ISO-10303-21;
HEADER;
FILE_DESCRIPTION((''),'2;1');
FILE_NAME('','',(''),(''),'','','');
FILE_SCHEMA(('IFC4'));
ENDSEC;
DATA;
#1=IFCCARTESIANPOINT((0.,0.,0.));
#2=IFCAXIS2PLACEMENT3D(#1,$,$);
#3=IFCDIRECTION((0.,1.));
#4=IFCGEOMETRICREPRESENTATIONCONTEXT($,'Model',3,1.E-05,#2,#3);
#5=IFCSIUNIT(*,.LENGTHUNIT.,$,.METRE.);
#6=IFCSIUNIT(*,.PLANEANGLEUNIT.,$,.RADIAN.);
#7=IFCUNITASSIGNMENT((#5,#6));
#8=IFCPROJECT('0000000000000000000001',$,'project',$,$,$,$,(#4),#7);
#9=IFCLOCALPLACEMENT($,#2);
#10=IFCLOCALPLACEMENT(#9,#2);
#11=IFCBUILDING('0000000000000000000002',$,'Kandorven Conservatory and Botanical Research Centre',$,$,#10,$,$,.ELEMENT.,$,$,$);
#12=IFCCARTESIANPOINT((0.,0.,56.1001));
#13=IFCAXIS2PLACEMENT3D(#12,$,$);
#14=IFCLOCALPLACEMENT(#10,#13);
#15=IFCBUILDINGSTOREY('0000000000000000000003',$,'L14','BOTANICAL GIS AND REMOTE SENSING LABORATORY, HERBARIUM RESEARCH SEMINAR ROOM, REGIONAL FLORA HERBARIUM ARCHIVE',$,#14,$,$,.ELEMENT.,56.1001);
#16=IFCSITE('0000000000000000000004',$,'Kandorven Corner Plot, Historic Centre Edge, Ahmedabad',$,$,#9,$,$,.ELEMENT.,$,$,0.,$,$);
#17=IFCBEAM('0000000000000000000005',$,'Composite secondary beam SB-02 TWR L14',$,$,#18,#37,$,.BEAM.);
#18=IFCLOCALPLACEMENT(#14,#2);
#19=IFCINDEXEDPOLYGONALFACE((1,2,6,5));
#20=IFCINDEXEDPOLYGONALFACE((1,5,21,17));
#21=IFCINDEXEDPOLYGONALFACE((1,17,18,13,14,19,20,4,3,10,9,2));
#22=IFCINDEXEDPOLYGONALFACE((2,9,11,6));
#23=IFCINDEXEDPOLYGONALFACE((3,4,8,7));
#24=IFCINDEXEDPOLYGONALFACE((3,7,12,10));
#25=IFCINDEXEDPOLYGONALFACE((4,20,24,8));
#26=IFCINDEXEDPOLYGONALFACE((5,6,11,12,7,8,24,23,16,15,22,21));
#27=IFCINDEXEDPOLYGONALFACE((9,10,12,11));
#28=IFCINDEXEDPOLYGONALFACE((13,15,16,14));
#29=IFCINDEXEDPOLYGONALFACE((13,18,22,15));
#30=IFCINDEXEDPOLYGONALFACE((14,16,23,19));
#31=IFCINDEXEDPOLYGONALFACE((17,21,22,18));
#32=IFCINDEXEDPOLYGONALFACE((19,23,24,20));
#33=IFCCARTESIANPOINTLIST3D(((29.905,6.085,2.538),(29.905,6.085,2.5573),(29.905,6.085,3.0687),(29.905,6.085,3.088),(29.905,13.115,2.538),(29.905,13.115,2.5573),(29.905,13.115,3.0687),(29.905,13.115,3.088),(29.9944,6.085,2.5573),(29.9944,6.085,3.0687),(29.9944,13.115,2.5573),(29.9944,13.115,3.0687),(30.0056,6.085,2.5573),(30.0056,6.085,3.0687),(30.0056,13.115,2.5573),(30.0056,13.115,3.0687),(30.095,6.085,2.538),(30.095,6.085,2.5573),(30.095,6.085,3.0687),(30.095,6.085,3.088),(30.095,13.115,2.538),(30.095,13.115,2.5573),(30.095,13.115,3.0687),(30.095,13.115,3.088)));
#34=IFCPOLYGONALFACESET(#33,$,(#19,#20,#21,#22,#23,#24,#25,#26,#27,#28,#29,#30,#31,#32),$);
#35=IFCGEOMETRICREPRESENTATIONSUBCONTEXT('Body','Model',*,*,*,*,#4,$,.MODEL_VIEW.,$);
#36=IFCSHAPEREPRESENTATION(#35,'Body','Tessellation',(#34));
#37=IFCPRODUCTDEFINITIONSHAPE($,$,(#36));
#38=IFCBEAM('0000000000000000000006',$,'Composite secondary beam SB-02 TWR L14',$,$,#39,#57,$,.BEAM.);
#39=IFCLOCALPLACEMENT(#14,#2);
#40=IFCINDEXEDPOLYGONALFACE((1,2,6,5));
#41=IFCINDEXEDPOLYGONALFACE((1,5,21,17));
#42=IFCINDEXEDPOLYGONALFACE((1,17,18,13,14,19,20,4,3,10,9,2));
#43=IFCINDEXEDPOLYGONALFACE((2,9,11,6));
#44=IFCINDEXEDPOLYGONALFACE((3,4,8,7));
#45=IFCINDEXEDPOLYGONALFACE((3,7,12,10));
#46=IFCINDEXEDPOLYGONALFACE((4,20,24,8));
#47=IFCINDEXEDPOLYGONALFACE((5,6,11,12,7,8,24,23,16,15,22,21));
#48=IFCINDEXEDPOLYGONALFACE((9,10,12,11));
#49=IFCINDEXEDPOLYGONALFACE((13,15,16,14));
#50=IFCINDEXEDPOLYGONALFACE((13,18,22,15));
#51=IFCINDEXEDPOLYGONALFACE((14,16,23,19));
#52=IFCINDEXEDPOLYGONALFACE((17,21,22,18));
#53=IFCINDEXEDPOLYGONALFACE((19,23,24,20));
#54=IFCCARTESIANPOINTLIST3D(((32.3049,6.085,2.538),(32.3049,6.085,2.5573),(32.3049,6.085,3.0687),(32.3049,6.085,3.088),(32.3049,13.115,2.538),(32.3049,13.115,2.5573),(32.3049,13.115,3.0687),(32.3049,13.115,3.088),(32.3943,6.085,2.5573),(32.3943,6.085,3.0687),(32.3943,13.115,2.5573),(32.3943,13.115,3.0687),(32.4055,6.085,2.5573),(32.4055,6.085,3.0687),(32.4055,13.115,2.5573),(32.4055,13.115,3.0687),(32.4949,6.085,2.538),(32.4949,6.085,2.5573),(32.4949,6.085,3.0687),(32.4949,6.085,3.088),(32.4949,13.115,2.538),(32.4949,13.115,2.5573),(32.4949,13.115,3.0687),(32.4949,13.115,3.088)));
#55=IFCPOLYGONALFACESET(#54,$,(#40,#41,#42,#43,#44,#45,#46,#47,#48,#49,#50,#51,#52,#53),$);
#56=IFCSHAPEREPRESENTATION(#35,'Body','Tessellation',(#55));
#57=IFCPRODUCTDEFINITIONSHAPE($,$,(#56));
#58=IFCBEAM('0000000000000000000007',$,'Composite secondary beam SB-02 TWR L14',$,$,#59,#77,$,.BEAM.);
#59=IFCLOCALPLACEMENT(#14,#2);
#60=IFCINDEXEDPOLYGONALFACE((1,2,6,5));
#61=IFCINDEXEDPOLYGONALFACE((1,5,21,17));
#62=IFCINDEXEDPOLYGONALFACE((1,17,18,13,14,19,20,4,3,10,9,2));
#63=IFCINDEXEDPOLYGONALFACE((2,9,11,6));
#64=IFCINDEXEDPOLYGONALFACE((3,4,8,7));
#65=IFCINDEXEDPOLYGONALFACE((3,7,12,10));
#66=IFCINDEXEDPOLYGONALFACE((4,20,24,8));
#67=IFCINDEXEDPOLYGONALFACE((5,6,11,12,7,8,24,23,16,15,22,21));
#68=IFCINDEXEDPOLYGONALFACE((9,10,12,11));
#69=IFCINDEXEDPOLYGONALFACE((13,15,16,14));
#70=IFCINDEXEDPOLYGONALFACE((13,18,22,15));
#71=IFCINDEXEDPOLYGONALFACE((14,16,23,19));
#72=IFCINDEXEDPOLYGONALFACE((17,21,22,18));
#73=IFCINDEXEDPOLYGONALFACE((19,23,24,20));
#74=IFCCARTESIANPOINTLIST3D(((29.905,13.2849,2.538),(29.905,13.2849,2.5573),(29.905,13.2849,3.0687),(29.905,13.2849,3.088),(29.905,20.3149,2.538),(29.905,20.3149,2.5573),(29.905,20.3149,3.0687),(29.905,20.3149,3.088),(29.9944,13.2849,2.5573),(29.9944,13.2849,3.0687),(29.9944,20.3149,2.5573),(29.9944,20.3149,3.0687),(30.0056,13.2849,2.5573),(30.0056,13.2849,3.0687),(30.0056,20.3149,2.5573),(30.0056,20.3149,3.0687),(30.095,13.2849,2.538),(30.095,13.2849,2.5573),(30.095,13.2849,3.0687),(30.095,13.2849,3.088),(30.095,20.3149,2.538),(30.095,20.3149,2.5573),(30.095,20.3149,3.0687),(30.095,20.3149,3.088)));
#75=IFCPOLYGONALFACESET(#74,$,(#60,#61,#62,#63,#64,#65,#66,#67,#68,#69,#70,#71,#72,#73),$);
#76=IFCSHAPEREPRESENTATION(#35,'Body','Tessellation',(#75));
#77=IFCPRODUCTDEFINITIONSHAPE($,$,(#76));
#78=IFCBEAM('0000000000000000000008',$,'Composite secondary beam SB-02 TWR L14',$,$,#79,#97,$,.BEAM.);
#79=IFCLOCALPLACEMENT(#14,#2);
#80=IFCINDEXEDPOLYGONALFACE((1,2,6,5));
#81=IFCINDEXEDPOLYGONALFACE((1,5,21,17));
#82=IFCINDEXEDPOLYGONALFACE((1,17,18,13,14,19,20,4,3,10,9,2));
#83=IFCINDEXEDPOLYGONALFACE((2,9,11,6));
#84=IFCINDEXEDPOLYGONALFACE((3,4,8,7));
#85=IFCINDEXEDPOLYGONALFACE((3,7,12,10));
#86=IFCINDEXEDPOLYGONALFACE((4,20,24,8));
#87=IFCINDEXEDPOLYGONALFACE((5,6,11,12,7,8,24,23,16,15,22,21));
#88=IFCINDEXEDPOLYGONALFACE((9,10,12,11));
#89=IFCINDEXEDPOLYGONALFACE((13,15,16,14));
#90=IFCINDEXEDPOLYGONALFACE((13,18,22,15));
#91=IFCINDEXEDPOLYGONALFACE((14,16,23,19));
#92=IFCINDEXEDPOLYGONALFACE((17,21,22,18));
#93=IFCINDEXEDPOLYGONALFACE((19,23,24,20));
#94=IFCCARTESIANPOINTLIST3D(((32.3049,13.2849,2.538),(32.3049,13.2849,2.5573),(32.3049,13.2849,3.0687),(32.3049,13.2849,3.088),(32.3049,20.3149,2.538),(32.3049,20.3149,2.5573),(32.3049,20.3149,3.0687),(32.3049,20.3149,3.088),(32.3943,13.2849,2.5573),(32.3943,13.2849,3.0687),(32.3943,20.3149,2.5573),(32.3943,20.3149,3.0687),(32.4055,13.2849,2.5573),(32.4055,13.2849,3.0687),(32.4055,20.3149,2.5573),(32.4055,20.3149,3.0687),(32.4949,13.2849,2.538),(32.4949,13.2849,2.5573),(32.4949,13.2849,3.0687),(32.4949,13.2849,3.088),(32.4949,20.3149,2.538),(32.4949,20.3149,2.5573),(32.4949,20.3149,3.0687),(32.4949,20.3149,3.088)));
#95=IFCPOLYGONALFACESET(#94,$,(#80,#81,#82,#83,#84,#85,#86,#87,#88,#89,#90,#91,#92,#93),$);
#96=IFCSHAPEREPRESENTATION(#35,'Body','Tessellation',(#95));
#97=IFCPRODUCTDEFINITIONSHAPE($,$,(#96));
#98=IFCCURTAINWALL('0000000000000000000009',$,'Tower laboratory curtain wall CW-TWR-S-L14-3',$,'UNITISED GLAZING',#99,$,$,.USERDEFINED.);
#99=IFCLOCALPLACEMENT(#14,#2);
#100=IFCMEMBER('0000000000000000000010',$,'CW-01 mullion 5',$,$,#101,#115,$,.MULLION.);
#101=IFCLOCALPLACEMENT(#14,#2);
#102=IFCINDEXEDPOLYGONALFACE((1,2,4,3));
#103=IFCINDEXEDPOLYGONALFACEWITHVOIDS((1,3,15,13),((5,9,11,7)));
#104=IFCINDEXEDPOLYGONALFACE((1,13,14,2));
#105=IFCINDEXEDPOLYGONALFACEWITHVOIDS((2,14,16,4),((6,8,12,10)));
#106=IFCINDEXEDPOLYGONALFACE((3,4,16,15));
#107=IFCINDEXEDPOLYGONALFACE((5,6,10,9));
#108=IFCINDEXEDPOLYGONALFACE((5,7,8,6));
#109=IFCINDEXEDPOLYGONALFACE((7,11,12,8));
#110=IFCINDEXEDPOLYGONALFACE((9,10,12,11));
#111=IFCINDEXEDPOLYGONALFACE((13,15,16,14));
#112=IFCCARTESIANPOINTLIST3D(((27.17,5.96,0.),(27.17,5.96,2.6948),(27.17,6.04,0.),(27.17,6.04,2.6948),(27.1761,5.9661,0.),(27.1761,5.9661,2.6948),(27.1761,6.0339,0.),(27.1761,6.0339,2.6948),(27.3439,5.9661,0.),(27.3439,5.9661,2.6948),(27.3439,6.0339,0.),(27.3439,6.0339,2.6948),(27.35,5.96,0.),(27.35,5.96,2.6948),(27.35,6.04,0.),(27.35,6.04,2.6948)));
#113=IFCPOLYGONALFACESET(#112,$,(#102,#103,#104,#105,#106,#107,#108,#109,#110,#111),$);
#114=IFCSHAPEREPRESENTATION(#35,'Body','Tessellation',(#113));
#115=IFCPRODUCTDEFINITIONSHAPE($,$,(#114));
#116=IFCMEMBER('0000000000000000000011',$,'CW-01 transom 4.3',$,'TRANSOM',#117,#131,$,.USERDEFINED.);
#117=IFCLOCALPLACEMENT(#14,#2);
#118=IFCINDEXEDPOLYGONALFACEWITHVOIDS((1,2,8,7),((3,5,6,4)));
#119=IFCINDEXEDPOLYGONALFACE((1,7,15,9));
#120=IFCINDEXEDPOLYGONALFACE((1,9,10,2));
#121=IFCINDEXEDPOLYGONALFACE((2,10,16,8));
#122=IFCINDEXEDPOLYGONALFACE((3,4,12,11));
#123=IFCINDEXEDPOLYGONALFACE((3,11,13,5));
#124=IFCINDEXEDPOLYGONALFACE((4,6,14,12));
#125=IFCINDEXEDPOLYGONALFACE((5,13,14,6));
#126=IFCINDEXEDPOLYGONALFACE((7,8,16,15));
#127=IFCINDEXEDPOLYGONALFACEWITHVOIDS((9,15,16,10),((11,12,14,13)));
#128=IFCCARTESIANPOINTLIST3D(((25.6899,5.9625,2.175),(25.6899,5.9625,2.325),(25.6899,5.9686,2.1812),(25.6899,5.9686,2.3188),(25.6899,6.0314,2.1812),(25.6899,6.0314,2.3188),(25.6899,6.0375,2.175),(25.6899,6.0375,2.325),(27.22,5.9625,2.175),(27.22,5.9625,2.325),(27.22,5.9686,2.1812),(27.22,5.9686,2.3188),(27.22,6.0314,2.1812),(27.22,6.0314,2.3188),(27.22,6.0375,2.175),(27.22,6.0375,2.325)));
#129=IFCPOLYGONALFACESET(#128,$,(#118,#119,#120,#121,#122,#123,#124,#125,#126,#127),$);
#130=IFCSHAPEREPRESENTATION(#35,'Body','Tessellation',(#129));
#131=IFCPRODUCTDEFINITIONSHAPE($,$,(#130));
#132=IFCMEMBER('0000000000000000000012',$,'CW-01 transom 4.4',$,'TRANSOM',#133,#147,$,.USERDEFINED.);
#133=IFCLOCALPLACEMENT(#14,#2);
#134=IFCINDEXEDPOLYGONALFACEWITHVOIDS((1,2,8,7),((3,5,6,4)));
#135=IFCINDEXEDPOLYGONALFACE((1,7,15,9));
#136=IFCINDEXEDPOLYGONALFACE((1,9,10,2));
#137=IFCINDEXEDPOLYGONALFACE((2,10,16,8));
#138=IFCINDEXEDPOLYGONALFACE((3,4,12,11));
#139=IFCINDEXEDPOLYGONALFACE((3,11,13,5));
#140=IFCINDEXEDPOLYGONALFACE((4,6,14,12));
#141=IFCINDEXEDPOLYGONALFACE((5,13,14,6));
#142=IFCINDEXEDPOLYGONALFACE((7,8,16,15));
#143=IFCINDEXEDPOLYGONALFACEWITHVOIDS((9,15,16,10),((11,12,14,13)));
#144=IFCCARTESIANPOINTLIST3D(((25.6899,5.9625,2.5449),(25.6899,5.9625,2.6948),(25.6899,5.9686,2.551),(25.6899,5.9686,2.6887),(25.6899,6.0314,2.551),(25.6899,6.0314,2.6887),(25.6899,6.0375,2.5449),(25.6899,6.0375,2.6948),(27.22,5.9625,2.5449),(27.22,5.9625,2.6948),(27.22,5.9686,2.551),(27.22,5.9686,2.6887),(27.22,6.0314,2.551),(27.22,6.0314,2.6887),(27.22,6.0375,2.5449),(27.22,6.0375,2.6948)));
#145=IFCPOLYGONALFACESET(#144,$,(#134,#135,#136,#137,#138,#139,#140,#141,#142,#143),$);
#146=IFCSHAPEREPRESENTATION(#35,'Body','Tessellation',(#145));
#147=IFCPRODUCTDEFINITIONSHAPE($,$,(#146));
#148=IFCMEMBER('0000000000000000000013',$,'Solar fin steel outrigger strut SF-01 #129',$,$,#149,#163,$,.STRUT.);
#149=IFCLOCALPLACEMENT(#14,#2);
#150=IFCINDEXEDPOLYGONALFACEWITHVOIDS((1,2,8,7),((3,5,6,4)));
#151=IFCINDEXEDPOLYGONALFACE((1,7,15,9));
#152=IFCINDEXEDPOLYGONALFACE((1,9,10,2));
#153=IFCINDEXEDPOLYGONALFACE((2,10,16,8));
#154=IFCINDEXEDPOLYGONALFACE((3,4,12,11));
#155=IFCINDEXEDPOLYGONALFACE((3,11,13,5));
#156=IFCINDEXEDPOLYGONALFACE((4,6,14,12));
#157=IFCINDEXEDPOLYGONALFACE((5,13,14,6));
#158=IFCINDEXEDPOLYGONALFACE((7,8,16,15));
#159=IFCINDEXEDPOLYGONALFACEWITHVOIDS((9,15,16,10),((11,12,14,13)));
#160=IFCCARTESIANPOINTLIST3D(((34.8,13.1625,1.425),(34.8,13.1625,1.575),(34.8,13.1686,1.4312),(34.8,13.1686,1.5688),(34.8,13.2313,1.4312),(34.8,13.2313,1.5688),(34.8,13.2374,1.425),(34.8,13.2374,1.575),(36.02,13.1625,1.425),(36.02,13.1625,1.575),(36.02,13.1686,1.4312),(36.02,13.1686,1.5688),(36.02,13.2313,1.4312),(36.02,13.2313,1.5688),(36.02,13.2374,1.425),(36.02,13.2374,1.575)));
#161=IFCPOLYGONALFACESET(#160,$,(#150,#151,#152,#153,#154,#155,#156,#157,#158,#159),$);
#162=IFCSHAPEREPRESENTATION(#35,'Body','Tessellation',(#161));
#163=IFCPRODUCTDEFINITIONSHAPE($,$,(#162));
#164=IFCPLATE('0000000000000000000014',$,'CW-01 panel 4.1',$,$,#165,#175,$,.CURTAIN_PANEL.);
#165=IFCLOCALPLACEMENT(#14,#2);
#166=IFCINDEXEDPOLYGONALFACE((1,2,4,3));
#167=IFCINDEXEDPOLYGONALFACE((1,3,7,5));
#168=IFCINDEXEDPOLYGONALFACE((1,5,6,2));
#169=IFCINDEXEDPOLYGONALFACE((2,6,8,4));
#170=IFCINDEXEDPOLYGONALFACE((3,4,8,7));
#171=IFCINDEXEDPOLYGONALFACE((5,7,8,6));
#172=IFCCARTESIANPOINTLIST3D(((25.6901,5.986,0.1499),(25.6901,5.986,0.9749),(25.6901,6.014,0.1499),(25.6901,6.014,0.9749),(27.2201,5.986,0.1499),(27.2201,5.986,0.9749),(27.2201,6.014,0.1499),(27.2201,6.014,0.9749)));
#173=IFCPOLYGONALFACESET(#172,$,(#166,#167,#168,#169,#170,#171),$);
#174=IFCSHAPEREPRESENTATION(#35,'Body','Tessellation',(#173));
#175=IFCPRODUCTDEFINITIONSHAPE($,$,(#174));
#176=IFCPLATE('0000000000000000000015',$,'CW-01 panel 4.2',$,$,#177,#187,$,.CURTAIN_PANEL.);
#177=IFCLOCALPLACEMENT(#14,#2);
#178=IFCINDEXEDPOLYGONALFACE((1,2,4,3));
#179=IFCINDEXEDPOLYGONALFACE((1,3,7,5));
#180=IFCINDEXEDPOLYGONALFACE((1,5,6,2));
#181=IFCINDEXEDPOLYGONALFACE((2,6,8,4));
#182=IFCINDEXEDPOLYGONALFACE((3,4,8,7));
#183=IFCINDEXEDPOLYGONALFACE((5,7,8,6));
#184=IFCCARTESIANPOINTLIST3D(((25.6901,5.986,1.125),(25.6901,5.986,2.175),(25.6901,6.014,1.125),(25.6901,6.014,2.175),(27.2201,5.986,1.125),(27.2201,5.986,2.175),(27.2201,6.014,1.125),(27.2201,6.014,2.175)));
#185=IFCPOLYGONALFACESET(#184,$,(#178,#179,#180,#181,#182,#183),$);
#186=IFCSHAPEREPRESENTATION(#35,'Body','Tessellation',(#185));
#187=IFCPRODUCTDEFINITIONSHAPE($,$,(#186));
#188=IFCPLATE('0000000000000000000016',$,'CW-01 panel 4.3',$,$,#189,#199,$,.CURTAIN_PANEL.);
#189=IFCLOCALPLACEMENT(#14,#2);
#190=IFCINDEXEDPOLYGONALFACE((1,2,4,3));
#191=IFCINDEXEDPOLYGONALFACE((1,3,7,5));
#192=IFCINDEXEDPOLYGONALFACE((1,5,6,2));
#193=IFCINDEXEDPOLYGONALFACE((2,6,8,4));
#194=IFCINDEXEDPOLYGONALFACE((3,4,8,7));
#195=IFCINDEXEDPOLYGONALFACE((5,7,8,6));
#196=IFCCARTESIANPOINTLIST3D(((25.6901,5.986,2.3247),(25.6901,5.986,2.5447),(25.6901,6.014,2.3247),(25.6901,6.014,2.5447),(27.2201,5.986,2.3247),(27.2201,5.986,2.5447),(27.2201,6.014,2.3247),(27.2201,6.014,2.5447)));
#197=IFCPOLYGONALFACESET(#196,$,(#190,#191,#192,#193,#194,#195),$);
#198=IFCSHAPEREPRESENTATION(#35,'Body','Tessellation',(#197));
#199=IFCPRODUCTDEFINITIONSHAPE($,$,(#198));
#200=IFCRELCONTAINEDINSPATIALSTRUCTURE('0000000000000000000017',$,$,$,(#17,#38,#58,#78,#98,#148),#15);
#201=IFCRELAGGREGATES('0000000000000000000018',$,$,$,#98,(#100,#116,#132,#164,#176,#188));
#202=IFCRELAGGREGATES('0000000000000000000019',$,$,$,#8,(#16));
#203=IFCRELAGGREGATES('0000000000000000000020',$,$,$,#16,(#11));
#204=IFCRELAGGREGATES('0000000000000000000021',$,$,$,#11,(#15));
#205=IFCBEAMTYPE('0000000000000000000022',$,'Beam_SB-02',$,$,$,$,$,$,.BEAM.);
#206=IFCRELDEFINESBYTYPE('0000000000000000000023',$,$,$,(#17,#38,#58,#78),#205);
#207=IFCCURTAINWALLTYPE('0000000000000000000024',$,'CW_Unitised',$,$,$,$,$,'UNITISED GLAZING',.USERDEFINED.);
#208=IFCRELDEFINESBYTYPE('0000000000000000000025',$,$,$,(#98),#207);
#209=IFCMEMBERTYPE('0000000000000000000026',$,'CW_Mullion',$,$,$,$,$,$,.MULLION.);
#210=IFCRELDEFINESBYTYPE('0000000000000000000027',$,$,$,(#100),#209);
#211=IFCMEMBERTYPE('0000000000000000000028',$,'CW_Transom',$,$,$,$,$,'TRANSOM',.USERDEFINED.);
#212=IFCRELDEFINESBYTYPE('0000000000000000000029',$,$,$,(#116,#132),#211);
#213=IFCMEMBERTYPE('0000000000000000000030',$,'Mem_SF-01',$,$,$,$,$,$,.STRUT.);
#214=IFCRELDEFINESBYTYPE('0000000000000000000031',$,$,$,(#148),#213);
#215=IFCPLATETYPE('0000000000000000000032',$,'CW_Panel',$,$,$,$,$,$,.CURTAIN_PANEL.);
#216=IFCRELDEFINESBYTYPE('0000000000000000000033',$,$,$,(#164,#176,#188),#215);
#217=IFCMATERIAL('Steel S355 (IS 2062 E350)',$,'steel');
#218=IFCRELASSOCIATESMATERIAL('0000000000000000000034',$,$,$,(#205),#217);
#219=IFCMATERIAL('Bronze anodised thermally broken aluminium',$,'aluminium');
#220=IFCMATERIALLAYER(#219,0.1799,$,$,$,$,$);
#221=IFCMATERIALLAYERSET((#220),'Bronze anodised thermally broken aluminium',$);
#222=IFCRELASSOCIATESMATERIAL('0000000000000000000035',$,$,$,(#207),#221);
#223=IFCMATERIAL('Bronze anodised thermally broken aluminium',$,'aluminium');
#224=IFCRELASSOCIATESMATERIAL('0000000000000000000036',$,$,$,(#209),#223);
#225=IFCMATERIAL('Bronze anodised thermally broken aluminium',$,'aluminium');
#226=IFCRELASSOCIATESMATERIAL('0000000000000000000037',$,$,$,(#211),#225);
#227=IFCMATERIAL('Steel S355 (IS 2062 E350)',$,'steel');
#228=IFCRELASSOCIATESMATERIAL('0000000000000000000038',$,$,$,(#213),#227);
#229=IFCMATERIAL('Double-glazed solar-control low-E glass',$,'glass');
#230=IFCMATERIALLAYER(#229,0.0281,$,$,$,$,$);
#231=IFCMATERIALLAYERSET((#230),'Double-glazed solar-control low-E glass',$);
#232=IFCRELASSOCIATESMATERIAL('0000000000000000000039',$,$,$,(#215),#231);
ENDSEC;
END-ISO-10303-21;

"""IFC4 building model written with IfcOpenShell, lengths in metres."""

from ifc_helpers import new_model, si_unit, direction, frame, origin, origin_2d, place, context, subcontext, project, spatial, rectangle, hollow_rectangle, i_section, extrude, material, layer, layer_set, material_profile, profile_set, type_object, element, aggregate, save


model = new_model("IFC4")

# Units and contexts
model_context = context("Model", 3, precision=1e-05, world=origin(), true_north=direction((0.0, 1.0)))
body_context = subcontext(model_context, "Body", "Model", "MODEL_VIEW")
ifc_project = project(units=[si_unit("LENGTHUNIT", "METRE"), si_unit("PLANEANGLEUNIT", "RADIAN")], contexts=[model_context])

# Site, building, storey
site_placement = place(None, origin())
site = spatial("IfcSite", under=ifc_project, at=site_placement, Name="Kandorven Corner Plot, Historic Centre Edge, Ahmedabad", CompositionType="ELEMENT", RefElevation=0.0)
building_placement = place(site_placement, origin())
building = spatial("IfcBuilding", under=site, at=building_placement, Name="Kandorven Conservatory and Botanical Research Centre", CompositionType="ELEMENT")
storey_placement = place(building_placement, frame((0.0, 0.0, 56.1001)))
storey = spatial("IfcBuildingStorey", under=building, at=storey_placement, Name="L14", Description="BOTANICAL GIS AND REMOTE SENSING LABORATORY, HERBARIUM RESEARCH SEMINAR ROOM, REGIONAL FLORA HERBARIUM ARCHIVE", CompositionType="ELEMENT", Elevation=56.1001)

# Beams
ifc_material_1 = material(Name="Steel S355 (IS 2062 E350)", Category="steel")
ifc_material_profile_1 = material_profile(ifc_material_1, i_section(OverallWidth=0.1899, OverallDepth=0.55, WebThickness=0.0112, FlangeThickness=0.0193, at=origin_2d()))
ifc_profile_set_1 = profile_set([ifc_material_profile_1], Name="Steel S355 (IS 2062 E350)")
beam_type_1 = type_object("IfcBeamType", Name="Beam_SB-02", PredefinedType="BEAM", material=ifc_profile_set_1)
for number, where, z_axis, x_axis, name in (
    (1, (30.0, 6.085, 2.813), (0.0, 1.0, 0.0), (-1.0, 0.0, 0.0), "Composite secondary beam SB-02 TWR L14"),
    (2, (32.3999, 6.085, 2.813), (0.0, 1.0, 0.0), (-1.0, 0.0, 0.0), "Composite secondary beam SB-02 TWR L14"),
    (3, (30.0, 13.2849, 2.813), (0.0, 1.0, 0.0), (-1.0, 0.0, 0.0), "Composite secondary beam SB-02 TWR L14"),
    (4, (32.3999, 13.2849, 2.813), (0.0, 1.0, 0.0), (-1.0, 0.0, 0.0), "Composite secondary beam SB-02 TWR L14"),
):
    element("IfcBeam", number, at=place(storey_placement, frame(where, z_axis=z_axis, x_axis=x_axis)), inside=storey, type_object=beam_type_1, Name=name, PredefinedType="BEAM", context=body_context, shape_type="SweptSolid", body=[
        extrude(i_section(OverallWidth=0.1899, OverallDepth=0.55, WebThickness=0.0112, FlangeThickness=0.0193, at=origin_2d()), origin(), (0.0, 0.0, 1.0), 7.03),
    ])

# Curtain wall, members
ifc_material_2 = material(Name="Bronze anodised thermally broken aluminium", Category="aluminium")
ifc_layer_1 = layer(ifc_material_2, 0.1799)
ifc_layer_set_1 = layer_set([ifc_layer_1], Name="Bronze anodised thermally broken aluminium")
curtain_wall_type = type_object("IfcCurtainWallType", Name="CW_Unitised", ElementType="UNITISED GLAZING", PredefinedType="USERDEFINED", material=ifc_layer_set_1)
curtain_wall_placement = place(storey_placement, origin())
curtain_wall = element("IfcCurtainWall", 5, at=curtain_wall_placement, inside=storey, type_object=curtain_wall_type, Name="Tower laboratory curtain wall CW-TWR-S-L14-3", ObjectType="UNITISED GLAZING", PredefinedType="USERDEFINED")
ifc_material_3 = material(Name="Bronze anodised thermally broken aluminium", Category="aluminium")
ifc_material_profile_2 = material_profile(ifc_material_3, hollow_rectangle(XDim=0.0801, YDim=0.1799, WallThickness=0.0061, at=origin_2d()))
ifc_profile_set_2 = profile_set([ifc_material_profile_2], Name="Bronze anodised thermally broken aluminium")
member_type_1 = type_object("IfcMemberType", Name="CW_Mullion", PredefinedType="MULLION", material=ifc_profile_set_2)
member_1_placement = place(storey_placement, frame((27.26, 6.0, 0.0), z_axis=(0.0, 0.0, 1.0), x_axis=(0.0, 1.0, 0.0)))
member_1 = element("IfcMember", 6, at=member_1_placement, type_object=member_type_1, Name="CW-01 mullion 5", PredefinedType="MULLION", context=body_context, shape_type="SweptSolid", body=[
    extrude(hollow_rectangle(XDim=0.0801, YDim=0.1799, WallThickness=0.0061, at=origin_2d()), origin(), (0.0, 0.0, 1.0), 2.6948),
])
ifc_material_4 = material(Name="Bronze anodised thermally broken aluminium", Category="aluminium")
ifc_material_profile_3 = material_profile(ifc_material_4, hollow_rectangle(XDim=0.075, YDim=0.1499, WallThickness=0.0061, at=origin_2d()))
ifc_profile_set_3 = profile_set([ifc_material_profile_3], Name="Bronze anodised thermally broken aluminium")
member_type_2 = type_object("IfcMemberType", Name="CW_Transom", ElementType="TRANSOM", PredefinedType="USERDEFINED", material=ifc_profile_set_3)
member_2_placement = place(storey_placement, frame((25.6899, 6.0, 2.25), z_axis=(1.0, 0.0, 0.0), x_axis=(0.0, 1.0, 0.0)))
member_2 = element("IfcMember", 7, at=member_2_placement, type_object=member_type_2, Name="CW-01 transom 4.3", ObjectType="TRANSOM", PredefinedType="USERDEFINED", context=body_context, shape_type="SweptSolid", body=[
    extrude(hollow_rectangle(XDim=0.075, YDim=0.1499, WallThickness=0.0061, at=origin_2d()), origin(), (0.0, 0.0, 1.0), 1.53),
])
member_3_placement = place(storey_placement, frame((25.6899, 6.0, 2.6199), z_axis=(1.0, 0.0, 0.0), x_axis=(0.0, 1.0, 0.0)))
member_3 = element("IfcMember", 8, at=member_3_placement, type_object=member_type_2, Name="CW-01 transom 4.4", ObjectType="TRANSOM", PredefinedType="USERDEFINED", context=body_context, shape_type="SweptSolid", body=[
    extrude(hollow_rectangle(XDim=0.075, YDim=0.1499, WallThickness=0.0061, at=origin_2d()), origin(), (0.0, 0.0, 1.0), 1.53),
])

# Member
ifc_material_5 = material(Name="Steel S355 (IS 2062 E350)", Category="steel")
ifc_material_profile_4 = material_profile(ifc_material_5, hollow_rectangle(XDim=0.075, YDim=0.1499, WallThickness=0.0061, at=origin_2d()))
ifc_profile_set_4 = profile_set([ifc_material_profile_4], Name="Steel S355 (IS 2062 E350)")
member_type_3 = type_object("IfcMemberType", Name="Mem_SF-01", PredefinedType="STRUT", material=ifc_profile_set_4)
member_4_placement = place(storey_placement, frame((34.8, 13.2, 1.5), z_axis=(1.0, 0.0, 0.0), x_axis=(0.0, 1.0, 0.0)))
element("IfcMember", 9, at=member_4_placement, inside=storey, type_object=member_type_3, Name="Solar fin steel outrigger strut SF-01 #129", PredefinedType="STRUT", context=body_context, shape_type="SweptSolid", body=[
    extrude(hollow_rectangle(XDim=0.075, YDim=0.1499, WallThickness=0.0061, at=origin_2d()), origin(), (0.0, 0.0, 1.0), 1.22),
])

# Plates
ifc_material_6 = material(Name="Double-glazed solar-control low-E glass", Category="glass")
ifc_layer_2 = layer(ifc_material_6, 0.0281)
ifc_layer_set_2 = layer_set([ifc_layer_2], Name="Double-glazed solar-control low-E glass")
plate_type_1 = type_object("IfcPlateType", Name="CW_Panel", PredefinedType="CURTAIN_PANEL", material=ifc_layer_set_2)
plate_1_placement = place(storey_placement, frame((26.4551, 6.0, 0.1499), z_axis=(0.0, 0.0, 1.0), x_axis=(1.0, 0.0, 0.0)))
plate_1 = element("IfcPlate", 10, at=plate_1_placement, type_object=plate_type_1, Name="CW-01 panel 4.1", PredefinedType="CURTAIN_PANEL", context=body_context, shape_type="SweptSolid", body=[
    extrude(rectangle(XDim=1.53, YDim=0.0281, at=origin_2d()), origin(), (0.0, 0.0, 1.0), 0.825),
])
plate_2_placement = place(storey_placement, frame((26.4551, 6.0, 1.125), z_axis=(0.0, 0.0, 1.0), x_axis=(1.0, 0.0, 0.0)))
plate_2 = element("IfcPlate", 11, at=plate_2_placement, type_object=plate_type_1, Name="CW-01 panel 4.2", PredefinedType="CURTAIN_PANEL", context=body_context, shape_type="SweptSolid", body=[
    extrude(rectangle(XDim=1.53, YDim=0.0281, at=origin_2d()), origin(), (0.0, 0.0, 1.0), 1.05),
])
plate_3_placement = place(storey_placement, frame((26.4551, 6.0, 2.3247), z_axis=(0.0, 0.0, 1.0), x_axis=(1.0, 0.0, 0.0)))
plate_3 = element("IfcPlate", 12, at=plate_3_placement, type_object=plate_type_1, Name="CW-01 panel 4.3", PredefinedType="CURTAIN_PANEL", context=body_context, shape_type="SweptSolid", body=[
    extrude(rectangle(XDim=1.53, YDim=0.0281, at=origin_2d()), origin(), (0.0, 0.0, 1.0), 0.22),
])
aggregate(curtain_wall, [member_1, member_2, member_3, plate_1, plate_2, plate_3])

save(model, "model.ifc")
